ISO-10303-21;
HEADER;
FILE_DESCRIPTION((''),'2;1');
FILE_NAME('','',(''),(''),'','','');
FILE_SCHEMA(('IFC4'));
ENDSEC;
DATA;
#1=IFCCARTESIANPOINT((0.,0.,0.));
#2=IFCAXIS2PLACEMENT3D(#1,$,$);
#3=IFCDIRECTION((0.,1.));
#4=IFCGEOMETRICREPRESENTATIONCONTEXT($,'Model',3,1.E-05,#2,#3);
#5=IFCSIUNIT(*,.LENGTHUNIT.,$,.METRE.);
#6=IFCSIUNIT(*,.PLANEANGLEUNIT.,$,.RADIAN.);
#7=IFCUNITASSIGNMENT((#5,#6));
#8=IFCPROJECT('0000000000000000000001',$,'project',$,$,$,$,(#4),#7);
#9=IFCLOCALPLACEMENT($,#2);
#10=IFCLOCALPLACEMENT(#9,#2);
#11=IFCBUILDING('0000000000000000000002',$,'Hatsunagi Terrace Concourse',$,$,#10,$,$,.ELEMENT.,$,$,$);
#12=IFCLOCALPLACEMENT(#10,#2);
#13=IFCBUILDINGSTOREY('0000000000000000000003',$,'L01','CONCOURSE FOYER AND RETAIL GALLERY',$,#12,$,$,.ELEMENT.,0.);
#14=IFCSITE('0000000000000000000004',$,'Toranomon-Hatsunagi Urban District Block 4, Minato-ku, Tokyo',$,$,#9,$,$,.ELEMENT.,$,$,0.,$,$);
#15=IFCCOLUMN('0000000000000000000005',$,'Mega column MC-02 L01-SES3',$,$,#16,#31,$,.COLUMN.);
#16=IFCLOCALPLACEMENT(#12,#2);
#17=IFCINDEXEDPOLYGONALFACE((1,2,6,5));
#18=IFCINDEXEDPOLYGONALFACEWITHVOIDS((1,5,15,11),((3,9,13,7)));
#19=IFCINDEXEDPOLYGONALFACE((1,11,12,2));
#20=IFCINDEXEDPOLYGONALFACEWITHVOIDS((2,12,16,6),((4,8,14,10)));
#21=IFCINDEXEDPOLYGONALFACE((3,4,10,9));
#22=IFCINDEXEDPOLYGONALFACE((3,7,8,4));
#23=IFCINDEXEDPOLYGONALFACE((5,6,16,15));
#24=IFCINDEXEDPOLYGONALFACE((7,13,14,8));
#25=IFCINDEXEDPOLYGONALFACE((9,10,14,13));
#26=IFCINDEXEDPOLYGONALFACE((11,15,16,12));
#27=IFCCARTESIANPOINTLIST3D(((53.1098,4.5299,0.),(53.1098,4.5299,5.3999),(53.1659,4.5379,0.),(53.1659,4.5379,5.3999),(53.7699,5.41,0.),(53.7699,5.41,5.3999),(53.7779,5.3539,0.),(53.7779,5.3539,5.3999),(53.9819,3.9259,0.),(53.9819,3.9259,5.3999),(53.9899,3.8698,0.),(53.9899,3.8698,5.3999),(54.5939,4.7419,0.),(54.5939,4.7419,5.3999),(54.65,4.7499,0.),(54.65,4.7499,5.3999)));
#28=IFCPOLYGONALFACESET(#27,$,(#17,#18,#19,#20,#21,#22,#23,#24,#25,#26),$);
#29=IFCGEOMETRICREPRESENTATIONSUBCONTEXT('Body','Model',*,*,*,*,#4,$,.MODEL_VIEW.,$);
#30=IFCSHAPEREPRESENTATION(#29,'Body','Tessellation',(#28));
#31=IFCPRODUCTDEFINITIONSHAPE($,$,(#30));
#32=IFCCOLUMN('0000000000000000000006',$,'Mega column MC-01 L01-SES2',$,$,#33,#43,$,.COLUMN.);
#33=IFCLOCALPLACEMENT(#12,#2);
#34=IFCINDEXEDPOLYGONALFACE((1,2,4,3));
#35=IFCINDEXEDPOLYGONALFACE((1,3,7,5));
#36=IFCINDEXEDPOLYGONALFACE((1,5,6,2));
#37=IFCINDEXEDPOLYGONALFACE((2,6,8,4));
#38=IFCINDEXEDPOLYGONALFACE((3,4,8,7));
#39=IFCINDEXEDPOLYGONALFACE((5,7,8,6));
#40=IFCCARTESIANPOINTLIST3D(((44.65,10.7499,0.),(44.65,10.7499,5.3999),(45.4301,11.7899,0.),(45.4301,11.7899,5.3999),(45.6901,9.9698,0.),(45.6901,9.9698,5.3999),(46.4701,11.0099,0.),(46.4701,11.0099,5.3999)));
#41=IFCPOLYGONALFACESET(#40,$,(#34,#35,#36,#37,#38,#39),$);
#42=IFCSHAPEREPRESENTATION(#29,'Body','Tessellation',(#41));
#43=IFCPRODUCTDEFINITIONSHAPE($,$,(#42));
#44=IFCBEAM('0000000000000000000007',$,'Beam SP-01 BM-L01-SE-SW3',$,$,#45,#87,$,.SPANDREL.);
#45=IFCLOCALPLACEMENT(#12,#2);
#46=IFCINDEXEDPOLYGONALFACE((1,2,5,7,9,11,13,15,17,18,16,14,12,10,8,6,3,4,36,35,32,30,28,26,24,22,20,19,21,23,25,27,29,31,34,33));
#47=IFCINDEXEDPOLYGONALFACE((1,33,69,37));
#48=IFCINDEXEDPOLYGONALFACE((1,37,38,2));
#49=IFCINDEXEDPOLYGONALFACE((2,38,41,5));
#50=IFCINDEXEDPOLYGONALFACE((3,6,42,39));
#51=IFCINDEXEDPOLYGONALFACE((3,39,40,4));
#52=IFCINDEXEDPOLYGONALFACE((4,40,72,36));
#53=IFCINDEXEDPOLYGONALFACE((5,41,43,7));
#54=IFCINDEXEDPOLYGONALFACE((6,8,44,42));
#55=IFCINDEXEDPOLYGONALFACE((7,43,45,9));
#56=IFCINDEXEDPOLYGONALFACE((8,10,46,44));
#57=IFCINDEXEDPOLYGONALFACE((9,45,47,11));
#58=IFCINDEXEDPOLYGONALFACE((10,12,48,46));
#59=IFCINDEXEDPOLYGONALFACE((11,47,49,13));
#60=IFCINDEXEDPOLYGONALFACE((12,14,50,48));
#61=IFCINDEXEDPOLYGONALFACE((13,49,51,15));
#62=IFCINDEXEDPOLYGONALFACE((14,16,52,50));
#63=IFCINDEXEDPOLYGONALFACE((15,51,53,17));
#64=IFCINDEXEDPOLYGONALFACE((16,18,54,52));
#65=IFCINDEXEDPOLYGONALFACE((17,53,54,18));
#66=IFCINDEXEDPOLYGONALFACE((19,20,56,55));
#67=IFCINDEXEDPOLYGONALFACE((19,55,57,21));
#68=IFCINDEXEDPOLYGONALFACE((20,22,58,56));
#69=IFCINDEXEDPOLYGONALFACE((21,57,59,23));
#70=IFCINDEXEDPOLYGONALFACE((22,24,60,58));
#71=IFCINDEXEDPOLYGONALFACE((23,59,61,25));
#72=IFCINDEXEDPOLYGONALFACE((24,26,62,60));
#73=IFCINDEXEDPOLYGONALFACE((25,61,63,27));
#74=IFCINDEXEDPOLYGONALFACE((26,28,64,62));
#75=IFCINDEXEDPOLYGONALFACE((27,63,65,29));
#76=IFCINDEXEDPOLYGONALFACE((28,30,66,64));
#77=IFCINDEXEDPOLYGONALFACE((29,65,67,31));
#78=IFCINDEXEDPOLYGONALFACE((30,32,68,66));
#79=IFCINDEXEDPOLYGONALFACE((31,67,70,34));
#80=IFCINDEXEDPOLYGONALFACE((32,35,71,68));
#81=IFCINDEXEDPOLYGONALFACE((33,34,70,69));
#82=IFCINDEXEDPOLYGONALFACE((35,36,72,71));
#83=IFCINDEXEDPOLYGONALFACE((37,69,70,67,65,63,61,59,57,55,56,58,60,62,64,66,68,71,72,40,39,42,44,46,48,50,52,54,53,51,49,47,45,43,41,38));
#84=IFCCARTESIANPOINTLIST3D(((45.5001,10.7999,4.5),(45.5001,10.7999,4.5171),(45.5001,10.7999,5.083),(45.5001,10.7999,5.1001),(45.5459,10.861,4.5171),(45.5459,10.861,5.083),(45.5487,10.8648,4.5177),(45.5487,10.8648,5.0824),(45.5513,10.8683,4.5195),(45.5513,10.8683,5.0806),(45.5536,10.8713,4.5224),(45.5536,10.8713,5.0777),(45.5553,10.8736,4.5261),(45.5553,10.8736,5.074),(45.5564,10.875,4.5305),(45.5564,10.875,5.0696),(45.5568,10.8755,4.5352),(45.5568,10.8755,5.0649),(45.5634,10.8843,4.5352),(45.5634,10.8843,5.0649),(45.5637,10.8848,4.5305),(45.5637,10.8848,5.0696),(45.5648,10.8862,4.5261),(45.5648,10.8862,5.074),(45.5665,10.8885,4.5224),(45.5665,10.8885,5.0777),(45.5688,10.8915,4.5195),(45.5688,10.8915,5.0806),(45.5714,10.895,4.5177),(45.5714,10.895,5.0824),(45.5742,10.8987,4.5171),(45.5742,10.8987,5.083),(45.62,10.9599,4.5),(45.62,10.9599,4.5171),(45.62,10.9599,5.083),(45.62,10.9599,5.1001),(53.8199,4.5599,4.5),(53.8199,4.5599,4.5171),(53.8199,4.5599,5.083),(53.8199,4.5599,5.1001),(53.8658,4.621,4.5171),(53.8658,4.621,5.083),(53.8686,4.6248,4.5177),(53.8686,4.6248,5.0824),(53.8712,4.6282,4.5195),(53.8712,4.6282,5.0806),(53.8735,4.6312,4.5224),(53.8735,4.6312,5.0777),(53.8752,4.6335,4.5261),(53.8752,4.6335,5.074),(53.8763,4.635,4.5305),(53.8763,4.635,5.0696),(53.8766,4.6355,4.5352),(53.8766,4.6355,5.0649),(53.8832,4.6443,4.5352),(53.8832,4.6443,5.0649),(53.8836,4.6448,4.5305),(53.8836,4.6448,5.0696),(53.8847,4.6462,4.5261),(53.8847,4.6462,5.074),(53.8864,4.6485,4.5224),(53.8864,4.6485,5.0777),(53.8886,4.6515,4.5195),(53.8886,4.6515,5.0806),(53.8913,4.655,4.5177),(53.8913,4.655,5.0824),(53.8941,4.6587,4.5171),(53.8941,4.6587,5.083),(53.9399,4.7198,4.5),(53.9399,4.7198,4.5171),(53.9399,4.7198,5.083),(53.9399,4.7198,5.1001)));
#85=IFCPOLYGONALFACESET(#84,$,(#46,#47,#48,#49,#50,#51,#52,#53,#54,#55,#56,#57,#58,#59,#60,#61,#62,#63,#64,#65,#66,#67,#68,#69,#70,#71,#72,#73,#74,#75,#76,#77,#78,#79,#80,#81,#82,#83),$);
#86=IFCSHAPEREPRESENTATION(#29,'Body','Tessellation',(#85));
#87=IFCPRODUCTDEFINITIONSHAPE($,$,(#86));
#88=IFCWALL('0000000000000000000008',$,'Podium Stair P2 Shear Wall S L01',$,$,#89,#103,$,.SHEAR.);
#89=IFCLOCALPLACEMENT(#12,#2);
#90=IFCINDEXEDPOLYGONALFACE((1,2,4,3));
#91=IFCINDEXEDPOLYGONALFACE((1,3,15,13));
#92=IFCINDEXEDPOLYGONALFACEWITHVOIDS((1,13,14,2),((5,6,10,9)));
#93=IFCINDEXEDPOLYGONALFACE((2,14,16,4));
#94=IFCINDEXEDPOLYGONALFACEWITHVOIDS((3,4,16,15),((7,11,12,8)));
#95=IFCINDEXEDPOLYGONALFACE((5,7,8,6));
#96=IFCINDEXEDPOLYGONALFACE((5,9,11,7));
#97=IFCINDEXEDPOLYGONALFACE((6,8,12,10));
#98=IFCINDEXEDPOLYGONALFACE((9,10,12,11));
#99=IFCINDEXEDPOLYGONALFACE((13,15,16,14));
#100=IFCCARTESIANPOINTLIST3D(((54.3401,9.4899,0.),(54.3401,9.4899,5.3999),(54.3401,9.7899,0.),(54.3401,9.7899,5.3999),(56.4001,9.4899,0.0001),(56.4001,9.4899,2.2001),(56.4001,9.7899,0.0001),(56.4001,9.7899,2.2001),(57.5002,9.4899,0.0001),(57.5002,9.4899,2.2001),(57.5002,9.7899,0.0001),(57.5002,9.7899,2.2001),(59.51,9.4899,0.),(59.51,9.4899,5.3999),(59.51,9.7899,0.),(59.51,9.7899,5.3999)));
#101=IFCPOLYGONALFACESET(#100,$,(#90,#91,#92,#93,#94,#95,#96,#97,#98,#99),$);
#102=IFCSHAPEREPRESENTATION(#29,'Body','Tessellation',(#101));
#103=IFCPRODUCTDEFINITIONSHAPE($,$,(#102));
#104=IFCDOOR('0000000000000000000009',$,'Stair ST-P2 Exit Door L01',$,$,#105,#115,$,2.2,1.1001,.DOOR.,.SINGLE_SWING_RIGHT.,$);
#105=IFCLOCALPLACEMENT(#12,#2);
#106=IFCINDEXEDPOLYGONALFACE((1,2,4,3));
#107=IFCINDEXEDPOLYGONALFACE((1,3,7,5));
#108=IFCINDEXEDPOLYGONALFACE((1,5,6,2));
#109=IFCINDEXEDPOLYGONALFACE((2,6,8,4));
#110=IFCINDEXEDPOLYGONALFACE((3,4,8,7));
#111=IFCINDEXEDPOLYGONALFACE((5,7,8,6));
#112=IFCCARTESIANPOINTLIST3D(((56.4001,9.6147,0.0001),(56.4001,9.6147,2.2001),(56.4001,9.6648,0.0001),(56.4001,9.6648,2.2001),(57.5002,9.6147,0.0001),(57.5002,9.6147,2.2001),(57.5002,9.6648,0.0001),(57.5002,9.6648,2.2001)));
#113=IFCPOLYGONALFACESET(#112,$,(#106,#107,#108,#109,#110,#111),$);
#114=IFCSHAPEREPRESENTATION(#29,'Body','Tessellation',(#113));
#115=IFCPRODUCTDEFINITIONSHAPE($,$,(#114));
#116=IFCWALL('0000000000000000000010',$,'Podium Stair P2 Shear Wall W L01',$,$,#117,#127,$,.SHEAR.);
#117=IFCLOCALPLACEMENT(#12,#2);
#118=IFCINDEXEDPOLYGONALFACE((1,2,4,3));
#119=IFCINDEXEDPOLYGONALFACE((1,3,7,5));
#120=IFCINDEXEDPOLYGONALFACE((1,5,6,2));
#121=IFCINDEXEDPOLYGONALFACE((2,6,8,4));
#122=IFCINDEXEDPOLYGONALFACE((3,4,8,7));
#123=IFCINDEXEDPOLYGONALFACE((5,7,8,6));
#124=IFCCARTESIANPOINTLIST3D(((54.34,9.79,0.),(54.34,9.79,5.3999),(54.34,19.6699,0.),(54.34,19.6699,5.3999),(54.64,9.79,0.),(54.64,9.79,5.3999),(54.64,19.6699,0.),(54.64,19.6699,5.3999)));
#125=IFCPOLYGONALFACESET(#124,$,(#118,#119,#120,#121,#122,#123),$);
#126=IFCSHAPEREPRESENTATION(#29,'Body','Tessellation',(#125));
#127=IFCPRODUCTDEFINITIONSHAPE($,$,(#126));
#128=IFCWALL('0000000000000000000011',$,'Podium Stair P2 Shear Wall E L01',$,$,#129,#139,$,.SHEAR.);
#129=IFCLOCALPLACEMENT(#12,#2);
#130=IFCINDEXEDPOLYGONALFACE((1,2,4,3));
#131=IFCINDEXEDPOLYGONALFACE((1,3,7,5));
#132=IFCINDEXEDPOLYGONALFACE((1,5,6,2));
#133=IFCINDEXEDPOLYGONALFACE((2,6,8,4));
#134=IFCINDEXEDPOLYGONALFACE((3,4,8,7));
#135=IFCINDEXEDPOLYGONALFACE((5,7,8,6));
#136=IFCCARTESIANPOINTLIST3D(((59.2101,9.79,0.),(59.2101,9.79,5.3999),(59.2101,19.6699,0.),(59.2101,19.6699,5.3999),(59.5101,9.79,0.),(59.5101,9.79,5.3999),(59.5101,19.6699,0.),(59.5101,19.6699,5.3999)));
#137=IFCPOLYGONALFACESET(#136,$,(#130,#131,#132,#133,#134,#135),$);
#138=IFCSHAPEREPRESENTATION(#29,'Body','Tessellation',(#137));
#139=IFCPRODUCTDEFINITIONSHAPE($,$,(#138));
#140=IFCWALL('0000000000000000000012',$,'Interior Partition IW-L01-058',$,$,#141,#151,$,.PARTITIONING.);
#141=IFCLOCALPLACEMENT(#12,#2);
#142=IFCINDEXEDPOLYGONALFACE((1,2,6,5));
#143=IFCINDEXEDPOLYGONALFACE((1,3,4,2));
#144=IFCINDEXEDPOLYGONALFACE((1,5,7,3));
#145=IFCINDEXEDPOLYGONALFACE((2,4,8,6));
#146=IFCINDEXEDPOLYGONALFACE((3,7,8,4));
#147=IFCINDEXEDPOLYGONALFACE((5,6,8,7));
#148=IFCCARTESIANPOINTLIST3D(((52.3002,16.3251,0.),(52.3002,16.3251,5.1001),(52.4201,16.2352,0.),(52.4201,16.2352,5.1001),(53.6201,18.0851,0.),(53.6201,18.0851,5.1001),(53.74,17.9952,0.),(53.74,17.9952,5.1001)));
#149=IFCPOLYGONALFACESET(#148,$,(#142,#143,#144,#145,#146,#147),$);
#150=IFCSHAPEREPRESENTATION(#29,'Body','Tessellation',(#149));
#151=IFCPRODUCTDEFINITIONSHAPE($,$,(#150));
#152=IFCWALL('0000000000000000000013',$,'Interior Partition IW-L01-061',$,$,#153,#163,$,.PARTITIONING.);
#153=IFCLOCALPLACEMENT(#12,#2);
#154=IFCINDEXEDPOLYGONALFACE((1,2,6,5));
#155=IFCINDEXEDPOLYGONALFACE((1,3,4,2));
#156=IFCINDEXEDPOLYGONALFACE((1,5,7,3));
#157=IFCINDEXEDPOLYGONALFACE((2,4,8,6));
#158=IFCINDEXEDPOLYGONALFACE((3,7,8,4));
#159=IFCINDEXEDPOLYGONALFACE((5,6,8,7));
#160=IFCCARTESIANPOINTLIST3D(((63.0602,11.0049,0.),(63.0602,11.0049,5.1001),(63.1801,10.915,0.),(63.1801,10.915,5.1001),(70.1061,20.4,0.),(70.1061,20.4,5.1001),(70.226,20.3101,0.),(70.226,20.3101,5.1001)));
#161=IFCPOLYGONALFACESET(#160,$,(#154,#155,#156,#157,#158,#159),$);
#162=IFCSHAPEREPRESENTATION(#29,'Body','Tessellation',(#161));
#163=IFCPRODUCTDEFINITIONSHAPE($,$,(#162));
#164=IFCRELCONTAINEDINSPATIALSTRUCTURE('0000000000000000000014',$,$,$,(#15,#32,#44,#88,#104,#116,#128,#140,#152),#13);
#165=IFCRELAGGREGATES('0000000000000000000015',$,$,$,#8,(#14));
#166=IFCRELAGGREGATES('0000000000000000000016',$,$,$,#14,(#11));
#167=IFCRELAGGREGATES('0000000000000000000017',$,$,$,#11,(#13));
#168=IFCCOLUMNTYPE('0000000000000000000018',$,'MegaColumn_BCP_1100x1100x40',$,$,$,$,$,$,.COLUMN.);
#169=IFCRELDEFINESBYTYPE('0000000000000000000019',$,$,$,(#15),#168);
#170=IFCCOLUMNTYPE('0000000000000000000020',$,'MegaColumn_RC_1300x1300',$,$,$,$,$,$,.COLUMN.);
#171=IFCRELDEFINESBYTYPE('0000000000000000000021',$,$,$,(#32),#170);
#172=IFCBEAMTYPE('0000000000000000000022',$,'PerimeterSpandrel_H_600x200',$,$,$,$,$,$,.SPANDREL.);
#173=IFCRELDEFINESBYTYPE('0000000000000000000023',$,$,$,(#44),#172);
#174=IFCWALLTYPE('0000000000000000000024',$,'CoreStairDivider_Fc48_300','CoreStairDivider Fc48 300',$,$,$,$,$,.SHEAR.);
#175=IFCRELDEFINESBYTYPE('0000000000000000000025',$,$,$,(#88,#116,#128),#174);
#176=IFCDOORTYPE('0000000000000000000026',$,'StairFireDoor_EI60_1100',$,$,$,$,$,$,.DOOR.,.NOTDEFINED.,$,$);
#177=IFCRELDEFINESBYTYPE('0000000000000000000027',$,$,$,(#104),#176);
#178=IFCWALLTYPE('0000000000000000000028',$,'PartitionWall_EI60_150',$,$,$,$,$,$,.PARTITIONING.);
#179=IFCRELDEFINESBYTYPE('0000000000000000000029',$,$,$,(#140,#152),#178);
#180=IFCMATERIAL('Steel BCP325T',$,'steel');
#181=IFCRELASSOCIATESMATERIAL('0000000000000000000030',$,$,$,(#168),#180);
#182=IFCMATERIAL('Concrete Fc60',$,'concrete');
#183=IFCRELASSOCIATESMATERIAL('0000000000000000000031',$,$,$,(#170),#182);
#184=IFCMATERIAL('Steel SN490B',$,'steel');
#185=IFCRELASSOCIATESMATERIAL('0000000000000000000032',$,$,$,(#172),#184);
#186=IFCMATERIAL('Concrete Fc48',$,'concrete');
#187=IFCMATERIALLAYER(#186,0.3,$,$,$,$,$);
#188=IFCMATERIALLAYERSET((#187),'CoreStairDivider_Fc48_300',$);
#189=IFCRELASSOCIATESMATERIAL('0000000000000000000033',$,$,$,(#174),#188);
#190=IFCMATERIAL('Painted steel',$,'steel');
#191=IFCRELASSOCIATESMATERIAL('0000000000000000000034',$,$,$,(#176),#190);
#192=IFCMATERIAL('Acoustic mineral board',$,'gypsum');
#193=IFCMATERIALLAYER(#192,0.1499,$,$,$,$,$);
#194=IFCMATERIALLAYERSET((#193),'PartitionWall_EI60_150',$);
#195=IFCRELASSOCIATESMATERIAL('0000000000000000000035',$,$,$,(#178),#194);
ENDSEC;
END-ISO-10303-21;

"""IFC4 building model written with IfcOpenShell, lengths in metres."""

from ifc_helpers import new_model, si_unit, direction, frame, frame_2d, origin, origin_2d, place, context, subcontext, project, spatial, rectangle, hollow_rectangle, i_section, extrude, material, layer, layer_set, material_profile, profile_set, type_object, element, fill, save


model = new_model("IFC4")

# Units and contexts
model_context = context("Model", 3, precision=1e-05, world=origin(), true_north=direction((0.0, 1.0)))
body_context = subcontext(model_context, "Body", "Model", "MODEL_VIEW")
ifc_project = project(units=[si_unit("LENGTHUNIT", "METRE"), si_unit("PLANEANGLEUNIT", "RADIAN")], contexts=[model_context])

# Site, building, storey
site_placement = place(None, origin())
site = spatial("IfcSite", under=ifc_project, at=site_placement, Name="Toranomon-Hatsunagi Urban District Block 4, Minato-ku, Tokyo", CompositionType="ELEMENT", RefElevation=0.0)
building_placement = place(site_placement, origin())
building = spatial("IfcBuilding", under=site, at=building_placement, Name="Hatsunagi Terrace Concourse", CompositionType="ELEMENT")
storey_placement = place(building_placement, origin())
storey = spatial("IfcBuildingStorey", under=building, at=storey_placement, Name="L01", Description="CONCOURSE FOYER AND RETAIL GALLERY", CompositionType="ELEMENT", Elevation=0.0)

# Columns
ifc_material_1 = material(Name="Steel BCP325T", Category="steel")
ifc_material_profile_1 = material_profile(ifc_material_1, hollow_rectangle(XDim=1.1001, YDim=1.1001, WallThickness=0.04, at=origin_2d()), Name="BCP-1100x1100x40")
ifc_profile_set_1 = profile_set([ifc_material_profile_1], Name="Steel BCP325T")
column_type_1 = type_object("IfcColumnType", Name="MegaColumn_BCP_1100x1100x40", PredefinedType="COLUMN", material=ifc_profile_set_1)
column_1_placement = place(storey_placement, frame((53.8799, 4.6399, 0.0), z_axis=(0.0, 0.0, 1.0), x_axis=(0.8, -0.6, 0.0)))
element("IfcColumn", 1, at=column_1_placement, inside=storey, type_object=column_type_1, Name="Mega column MC-02 L01-SES3", PredefinedType="COLUMN", context=body_context, shape_type="SweptSolid", body=[
    extrude(hollow_rectangle(XDim=1.1001, YDim=1.1001, WallThickness=0.04, at=origin_2d()), origin(), (0.0, 0.0, 1.0), 5.3999),
])
ifc_material_2 = material(Name="Concrete Fc60", Category="concrete")
ifc_material_profile_2 = material_profile(ifc_material_2, rectangle(XDim=1.3, YDim=1.3, at=origin_2d()), Name="RC-1300x1300")
ifc_profile_set_2 = profile_set([ifc_material_profile_2], Name="Concrete Fc60")
column_type_2 = type_object("IfcColumnType", Name="MegaColumn_RC_1300x1300", PredefinedType="COLUMN", material=ifc_profile_set_2)
column_2_placement = place(storey_placement, frame((45.5601, 10.8799, 0.0), z_axis=(0.0, 0.0, 1.0), x_axis=(0.8, -0.6, 0.0)))
element("IfcColumn", 2, at=column_2_placement, inside=storey, type_object=column_type_2, Name="Mega column MC-01 L01-SES2", PredefinedType="COLUMN", context=body_context, shape_type="SweptSolid", body=[
    extrude(rectangle(XDim=1.3, YDim=1.3, at=origin_2d()), origin(), (0.0, 0.0, 1.0), 5.3999),
])

# Beam
ifc_material_3 = material(Name="Steel SN490B", Category="steel")
ifc_material_profile_3 = material_profile(ifc_material_3, i_section(OverallWidth=0.2, OverallDepth=0.6001, WebThickness=0.011, FlangeThickness=0.0171, FilletRadius=0.0181, at=origin_2d()), Name="H-600x200x11x17")
ifc_profile_set_3 = profile_set([ifc_material_profile_3], Name="Steel SN490B")
beam_type = type_object("IfcBeamType", Name="PerimeterSpandrel_H_600x200", PredefinedType="SPANDREL", material=ifc_profile_set_3)
beam_placement = place(storey_placement, frame((45.5601, 10.8799, 4.8), z_axis=(0.799994, -0.600008, 0.0), x_axis=(0.600008, 0.799994, 0.0)))
element("IfcBeam", 3, at=beam_placement, inside=storey, type_object=beam_type, Name="Beam SP-01 BM-L01-SE-SW3", PredefinedType="SPANDREL", context=body_context, shape_type="SweptSolid", body=[
    extrude(i_section(OverallWidth=0.2, OverallDepth=0.6001, WebThickness=0.011, FlangeThickness=0.0171, FilletRadius=0.0181, at=origin_2d()), origin(), (0.0, 0.0, 1.0), 10.3999),
])

# Wall, opening, door
ifc_material_4 = material(Name="Concrete Fc48", Category="concrete")
ifc_layer_1 = layer(ifc_material_4, 0.3)
ifc_layer_set_1 = layer_set([ifc_layer_1], Name="CoreStairDivider_Fc48_300")
wall_type_1 = type_object("IfcWallType", Name="CoreStairDivider_Fc48_300", Description="CoreStairDivider Fc48 300", PredefinedType="SHEAR", material=ifc_layer_set_1)
wall_1_placement = place(storey_placement, frame((54.3401, 9.6399, 0.0), z_axis=(0.0, 0.0, 1.0), x_axis=(1.0, 0.0, 0.0)))
wall_1 = element("IfcWall", 4, at=wall_1_placement, inside=storey, type_object=wall_type_1, Name="Podium Stair P2 Shear Wall S L01", PredefinedType="SHEAR", context=body_context, shape_type="SweptSolid", body=[
    extrude(rectangle(XDim=5.1699, YDim=0.3, at=frame_2d((2.585, 0.0))), origin(), (0.0, 0.0, 1.0), 5.3999),
])
opening_1_placement = place(wall_1_placement, frame((2.0601, 0.0, 0.0)))
opening_1 = element("IfcOpeningElement", 5, at=opening_1_placement, cuts=wall_1, PredefinedType="OPENING", context=body_context, shape_type="SweptSolid", body=[
    extrude(rectangle(XDim=1.1001, YDim=2.2, at=frame_2d((0.55, 1.1001))), frame((0.0, 0.1599, 0.0), z_axis=(0.0, -1.0, 0.0), x_axis=(1.0, 0.0, 0.0)), (0.0, 0.0, 1.0), 0.3201),
])
ifc_material_5 = material(Name="Painted steel", Category="steel")
door_type_1 = type_object("IfcDoorType", Name="StairFireDoor_EI60_1100", OperationType="NOTDEFINED", PredefinedType="DOOR", material=ifc_material_5)
door_1_placement = place(opening_1_placement, origin())
door_1 = element("IfcDoor", 6, at=door_1_placement, inside=storey, type_object=door_type_1, Name="Stair ST-P2 Exit Door L01", OperationType="SINGLE_SWING_RIGHT", OverallHeight=2.2, OverallWidth=1.1001, PredefinedType="DOOR", context=body_context, shape_type="SweptSolid", body=[
    extrude(rectangle(XDim=1.1001, YDim=2.2, at=frame_2d((0.55, 1.1001))), frame((0.0, 0.0249, 0.0), z_axis=(0.0, -1.0, 0.0), x_axis=(1.0, 0.0, 0.0)), (0.0, 0.0, 1.0), 0.05),
])
fill(opening_1, door_1)

# Walls
for number, where, z_axis, x_axis, name in (
    (7, (54.49, 9.79, 0.0), (0.0, 0.0, 1.0), (0.0, 1.0, 0.0), "Podium Stair P2 Shear Wall W L01"),
    (8, (59.3601, 9.79, 0.0), (0.0, 0.0, 1.0), (0.0, 1.0, 0.0), "Podium Stair P2 Shear Wall E L01"),
):
    element("IfcWall", number, at=place(storey_placement, frame(where, z_axis=z_axis, x_axis=x_axis)), inside=storey, type_object=wall_type_1, Name=name, PredefinedType="SHEAR", context=body_context, shape_type="SweptSolid", body=[
        extrude(rectangle(XDim=9.8799, YDim=0.3, at=frame_2d((4.9399, 0.0))), origin(), (0.0, 0.0, 1.0), 5.3999),
    ])
ifc_material_6 = material(Name="Acoustic mineral board", Category="gypsum")
ifc_layer_2 = layer(ifc_material_6, 0.1499)
ifc_layer_set_2 = layer_set([ifc_layer_2], Name="PartitionWall_EI60_150")
wall_type_2 = type_object("IfcWallType", Name="PartitionWall_EI60_150", PredefinedType="PARTITIONING", material=ifc_layer_set_2)
wall_2_placement = place(storey_placement, frame((52.3601, 16.28, 0.0), z_axis=(0.0, 0.0, 1.0), x_axis=(0.599947, 0.80004, 0.0)))
element("IfcWall", 9, at=wall_2_placement, inside=storey, type_object=wall_type_2, Name="Interior Partition IW-L01-058", PredefinedType="PARTITIONING", context=body_context, shape_type="SweptSolid", body=[
    extrude(rectangle(XDim=2.2, YDim=0.1499, at=frame_2d((1.1001, 0.0))), origin(), (0.0, 0.0, 1.0), 5.1001),
])
wall_3_placement = place(storey_placement, frame((63.1201, 10.96, 0.0), z_axis=(0.0, 0.0, 1.0), x_axis=(0.59998, 0.800015, 0.0)))
element("IfcWall", 10, at=wall_3_placement, inside=storey, type_object=wall_type_2, Name="Interior Partition IW-L01-061", PredefinedType="PARTITIONING", context=body_context, shape_type="SweptSolid", body=[
    extrude(rectangle(XDim=11.7437, YDim=0.1499, at=frame_2d((5.8718, 0.0))), origin(), (0.0, 0.0, 1.0), 5.1001),
])

save(model, "model.ifc")
